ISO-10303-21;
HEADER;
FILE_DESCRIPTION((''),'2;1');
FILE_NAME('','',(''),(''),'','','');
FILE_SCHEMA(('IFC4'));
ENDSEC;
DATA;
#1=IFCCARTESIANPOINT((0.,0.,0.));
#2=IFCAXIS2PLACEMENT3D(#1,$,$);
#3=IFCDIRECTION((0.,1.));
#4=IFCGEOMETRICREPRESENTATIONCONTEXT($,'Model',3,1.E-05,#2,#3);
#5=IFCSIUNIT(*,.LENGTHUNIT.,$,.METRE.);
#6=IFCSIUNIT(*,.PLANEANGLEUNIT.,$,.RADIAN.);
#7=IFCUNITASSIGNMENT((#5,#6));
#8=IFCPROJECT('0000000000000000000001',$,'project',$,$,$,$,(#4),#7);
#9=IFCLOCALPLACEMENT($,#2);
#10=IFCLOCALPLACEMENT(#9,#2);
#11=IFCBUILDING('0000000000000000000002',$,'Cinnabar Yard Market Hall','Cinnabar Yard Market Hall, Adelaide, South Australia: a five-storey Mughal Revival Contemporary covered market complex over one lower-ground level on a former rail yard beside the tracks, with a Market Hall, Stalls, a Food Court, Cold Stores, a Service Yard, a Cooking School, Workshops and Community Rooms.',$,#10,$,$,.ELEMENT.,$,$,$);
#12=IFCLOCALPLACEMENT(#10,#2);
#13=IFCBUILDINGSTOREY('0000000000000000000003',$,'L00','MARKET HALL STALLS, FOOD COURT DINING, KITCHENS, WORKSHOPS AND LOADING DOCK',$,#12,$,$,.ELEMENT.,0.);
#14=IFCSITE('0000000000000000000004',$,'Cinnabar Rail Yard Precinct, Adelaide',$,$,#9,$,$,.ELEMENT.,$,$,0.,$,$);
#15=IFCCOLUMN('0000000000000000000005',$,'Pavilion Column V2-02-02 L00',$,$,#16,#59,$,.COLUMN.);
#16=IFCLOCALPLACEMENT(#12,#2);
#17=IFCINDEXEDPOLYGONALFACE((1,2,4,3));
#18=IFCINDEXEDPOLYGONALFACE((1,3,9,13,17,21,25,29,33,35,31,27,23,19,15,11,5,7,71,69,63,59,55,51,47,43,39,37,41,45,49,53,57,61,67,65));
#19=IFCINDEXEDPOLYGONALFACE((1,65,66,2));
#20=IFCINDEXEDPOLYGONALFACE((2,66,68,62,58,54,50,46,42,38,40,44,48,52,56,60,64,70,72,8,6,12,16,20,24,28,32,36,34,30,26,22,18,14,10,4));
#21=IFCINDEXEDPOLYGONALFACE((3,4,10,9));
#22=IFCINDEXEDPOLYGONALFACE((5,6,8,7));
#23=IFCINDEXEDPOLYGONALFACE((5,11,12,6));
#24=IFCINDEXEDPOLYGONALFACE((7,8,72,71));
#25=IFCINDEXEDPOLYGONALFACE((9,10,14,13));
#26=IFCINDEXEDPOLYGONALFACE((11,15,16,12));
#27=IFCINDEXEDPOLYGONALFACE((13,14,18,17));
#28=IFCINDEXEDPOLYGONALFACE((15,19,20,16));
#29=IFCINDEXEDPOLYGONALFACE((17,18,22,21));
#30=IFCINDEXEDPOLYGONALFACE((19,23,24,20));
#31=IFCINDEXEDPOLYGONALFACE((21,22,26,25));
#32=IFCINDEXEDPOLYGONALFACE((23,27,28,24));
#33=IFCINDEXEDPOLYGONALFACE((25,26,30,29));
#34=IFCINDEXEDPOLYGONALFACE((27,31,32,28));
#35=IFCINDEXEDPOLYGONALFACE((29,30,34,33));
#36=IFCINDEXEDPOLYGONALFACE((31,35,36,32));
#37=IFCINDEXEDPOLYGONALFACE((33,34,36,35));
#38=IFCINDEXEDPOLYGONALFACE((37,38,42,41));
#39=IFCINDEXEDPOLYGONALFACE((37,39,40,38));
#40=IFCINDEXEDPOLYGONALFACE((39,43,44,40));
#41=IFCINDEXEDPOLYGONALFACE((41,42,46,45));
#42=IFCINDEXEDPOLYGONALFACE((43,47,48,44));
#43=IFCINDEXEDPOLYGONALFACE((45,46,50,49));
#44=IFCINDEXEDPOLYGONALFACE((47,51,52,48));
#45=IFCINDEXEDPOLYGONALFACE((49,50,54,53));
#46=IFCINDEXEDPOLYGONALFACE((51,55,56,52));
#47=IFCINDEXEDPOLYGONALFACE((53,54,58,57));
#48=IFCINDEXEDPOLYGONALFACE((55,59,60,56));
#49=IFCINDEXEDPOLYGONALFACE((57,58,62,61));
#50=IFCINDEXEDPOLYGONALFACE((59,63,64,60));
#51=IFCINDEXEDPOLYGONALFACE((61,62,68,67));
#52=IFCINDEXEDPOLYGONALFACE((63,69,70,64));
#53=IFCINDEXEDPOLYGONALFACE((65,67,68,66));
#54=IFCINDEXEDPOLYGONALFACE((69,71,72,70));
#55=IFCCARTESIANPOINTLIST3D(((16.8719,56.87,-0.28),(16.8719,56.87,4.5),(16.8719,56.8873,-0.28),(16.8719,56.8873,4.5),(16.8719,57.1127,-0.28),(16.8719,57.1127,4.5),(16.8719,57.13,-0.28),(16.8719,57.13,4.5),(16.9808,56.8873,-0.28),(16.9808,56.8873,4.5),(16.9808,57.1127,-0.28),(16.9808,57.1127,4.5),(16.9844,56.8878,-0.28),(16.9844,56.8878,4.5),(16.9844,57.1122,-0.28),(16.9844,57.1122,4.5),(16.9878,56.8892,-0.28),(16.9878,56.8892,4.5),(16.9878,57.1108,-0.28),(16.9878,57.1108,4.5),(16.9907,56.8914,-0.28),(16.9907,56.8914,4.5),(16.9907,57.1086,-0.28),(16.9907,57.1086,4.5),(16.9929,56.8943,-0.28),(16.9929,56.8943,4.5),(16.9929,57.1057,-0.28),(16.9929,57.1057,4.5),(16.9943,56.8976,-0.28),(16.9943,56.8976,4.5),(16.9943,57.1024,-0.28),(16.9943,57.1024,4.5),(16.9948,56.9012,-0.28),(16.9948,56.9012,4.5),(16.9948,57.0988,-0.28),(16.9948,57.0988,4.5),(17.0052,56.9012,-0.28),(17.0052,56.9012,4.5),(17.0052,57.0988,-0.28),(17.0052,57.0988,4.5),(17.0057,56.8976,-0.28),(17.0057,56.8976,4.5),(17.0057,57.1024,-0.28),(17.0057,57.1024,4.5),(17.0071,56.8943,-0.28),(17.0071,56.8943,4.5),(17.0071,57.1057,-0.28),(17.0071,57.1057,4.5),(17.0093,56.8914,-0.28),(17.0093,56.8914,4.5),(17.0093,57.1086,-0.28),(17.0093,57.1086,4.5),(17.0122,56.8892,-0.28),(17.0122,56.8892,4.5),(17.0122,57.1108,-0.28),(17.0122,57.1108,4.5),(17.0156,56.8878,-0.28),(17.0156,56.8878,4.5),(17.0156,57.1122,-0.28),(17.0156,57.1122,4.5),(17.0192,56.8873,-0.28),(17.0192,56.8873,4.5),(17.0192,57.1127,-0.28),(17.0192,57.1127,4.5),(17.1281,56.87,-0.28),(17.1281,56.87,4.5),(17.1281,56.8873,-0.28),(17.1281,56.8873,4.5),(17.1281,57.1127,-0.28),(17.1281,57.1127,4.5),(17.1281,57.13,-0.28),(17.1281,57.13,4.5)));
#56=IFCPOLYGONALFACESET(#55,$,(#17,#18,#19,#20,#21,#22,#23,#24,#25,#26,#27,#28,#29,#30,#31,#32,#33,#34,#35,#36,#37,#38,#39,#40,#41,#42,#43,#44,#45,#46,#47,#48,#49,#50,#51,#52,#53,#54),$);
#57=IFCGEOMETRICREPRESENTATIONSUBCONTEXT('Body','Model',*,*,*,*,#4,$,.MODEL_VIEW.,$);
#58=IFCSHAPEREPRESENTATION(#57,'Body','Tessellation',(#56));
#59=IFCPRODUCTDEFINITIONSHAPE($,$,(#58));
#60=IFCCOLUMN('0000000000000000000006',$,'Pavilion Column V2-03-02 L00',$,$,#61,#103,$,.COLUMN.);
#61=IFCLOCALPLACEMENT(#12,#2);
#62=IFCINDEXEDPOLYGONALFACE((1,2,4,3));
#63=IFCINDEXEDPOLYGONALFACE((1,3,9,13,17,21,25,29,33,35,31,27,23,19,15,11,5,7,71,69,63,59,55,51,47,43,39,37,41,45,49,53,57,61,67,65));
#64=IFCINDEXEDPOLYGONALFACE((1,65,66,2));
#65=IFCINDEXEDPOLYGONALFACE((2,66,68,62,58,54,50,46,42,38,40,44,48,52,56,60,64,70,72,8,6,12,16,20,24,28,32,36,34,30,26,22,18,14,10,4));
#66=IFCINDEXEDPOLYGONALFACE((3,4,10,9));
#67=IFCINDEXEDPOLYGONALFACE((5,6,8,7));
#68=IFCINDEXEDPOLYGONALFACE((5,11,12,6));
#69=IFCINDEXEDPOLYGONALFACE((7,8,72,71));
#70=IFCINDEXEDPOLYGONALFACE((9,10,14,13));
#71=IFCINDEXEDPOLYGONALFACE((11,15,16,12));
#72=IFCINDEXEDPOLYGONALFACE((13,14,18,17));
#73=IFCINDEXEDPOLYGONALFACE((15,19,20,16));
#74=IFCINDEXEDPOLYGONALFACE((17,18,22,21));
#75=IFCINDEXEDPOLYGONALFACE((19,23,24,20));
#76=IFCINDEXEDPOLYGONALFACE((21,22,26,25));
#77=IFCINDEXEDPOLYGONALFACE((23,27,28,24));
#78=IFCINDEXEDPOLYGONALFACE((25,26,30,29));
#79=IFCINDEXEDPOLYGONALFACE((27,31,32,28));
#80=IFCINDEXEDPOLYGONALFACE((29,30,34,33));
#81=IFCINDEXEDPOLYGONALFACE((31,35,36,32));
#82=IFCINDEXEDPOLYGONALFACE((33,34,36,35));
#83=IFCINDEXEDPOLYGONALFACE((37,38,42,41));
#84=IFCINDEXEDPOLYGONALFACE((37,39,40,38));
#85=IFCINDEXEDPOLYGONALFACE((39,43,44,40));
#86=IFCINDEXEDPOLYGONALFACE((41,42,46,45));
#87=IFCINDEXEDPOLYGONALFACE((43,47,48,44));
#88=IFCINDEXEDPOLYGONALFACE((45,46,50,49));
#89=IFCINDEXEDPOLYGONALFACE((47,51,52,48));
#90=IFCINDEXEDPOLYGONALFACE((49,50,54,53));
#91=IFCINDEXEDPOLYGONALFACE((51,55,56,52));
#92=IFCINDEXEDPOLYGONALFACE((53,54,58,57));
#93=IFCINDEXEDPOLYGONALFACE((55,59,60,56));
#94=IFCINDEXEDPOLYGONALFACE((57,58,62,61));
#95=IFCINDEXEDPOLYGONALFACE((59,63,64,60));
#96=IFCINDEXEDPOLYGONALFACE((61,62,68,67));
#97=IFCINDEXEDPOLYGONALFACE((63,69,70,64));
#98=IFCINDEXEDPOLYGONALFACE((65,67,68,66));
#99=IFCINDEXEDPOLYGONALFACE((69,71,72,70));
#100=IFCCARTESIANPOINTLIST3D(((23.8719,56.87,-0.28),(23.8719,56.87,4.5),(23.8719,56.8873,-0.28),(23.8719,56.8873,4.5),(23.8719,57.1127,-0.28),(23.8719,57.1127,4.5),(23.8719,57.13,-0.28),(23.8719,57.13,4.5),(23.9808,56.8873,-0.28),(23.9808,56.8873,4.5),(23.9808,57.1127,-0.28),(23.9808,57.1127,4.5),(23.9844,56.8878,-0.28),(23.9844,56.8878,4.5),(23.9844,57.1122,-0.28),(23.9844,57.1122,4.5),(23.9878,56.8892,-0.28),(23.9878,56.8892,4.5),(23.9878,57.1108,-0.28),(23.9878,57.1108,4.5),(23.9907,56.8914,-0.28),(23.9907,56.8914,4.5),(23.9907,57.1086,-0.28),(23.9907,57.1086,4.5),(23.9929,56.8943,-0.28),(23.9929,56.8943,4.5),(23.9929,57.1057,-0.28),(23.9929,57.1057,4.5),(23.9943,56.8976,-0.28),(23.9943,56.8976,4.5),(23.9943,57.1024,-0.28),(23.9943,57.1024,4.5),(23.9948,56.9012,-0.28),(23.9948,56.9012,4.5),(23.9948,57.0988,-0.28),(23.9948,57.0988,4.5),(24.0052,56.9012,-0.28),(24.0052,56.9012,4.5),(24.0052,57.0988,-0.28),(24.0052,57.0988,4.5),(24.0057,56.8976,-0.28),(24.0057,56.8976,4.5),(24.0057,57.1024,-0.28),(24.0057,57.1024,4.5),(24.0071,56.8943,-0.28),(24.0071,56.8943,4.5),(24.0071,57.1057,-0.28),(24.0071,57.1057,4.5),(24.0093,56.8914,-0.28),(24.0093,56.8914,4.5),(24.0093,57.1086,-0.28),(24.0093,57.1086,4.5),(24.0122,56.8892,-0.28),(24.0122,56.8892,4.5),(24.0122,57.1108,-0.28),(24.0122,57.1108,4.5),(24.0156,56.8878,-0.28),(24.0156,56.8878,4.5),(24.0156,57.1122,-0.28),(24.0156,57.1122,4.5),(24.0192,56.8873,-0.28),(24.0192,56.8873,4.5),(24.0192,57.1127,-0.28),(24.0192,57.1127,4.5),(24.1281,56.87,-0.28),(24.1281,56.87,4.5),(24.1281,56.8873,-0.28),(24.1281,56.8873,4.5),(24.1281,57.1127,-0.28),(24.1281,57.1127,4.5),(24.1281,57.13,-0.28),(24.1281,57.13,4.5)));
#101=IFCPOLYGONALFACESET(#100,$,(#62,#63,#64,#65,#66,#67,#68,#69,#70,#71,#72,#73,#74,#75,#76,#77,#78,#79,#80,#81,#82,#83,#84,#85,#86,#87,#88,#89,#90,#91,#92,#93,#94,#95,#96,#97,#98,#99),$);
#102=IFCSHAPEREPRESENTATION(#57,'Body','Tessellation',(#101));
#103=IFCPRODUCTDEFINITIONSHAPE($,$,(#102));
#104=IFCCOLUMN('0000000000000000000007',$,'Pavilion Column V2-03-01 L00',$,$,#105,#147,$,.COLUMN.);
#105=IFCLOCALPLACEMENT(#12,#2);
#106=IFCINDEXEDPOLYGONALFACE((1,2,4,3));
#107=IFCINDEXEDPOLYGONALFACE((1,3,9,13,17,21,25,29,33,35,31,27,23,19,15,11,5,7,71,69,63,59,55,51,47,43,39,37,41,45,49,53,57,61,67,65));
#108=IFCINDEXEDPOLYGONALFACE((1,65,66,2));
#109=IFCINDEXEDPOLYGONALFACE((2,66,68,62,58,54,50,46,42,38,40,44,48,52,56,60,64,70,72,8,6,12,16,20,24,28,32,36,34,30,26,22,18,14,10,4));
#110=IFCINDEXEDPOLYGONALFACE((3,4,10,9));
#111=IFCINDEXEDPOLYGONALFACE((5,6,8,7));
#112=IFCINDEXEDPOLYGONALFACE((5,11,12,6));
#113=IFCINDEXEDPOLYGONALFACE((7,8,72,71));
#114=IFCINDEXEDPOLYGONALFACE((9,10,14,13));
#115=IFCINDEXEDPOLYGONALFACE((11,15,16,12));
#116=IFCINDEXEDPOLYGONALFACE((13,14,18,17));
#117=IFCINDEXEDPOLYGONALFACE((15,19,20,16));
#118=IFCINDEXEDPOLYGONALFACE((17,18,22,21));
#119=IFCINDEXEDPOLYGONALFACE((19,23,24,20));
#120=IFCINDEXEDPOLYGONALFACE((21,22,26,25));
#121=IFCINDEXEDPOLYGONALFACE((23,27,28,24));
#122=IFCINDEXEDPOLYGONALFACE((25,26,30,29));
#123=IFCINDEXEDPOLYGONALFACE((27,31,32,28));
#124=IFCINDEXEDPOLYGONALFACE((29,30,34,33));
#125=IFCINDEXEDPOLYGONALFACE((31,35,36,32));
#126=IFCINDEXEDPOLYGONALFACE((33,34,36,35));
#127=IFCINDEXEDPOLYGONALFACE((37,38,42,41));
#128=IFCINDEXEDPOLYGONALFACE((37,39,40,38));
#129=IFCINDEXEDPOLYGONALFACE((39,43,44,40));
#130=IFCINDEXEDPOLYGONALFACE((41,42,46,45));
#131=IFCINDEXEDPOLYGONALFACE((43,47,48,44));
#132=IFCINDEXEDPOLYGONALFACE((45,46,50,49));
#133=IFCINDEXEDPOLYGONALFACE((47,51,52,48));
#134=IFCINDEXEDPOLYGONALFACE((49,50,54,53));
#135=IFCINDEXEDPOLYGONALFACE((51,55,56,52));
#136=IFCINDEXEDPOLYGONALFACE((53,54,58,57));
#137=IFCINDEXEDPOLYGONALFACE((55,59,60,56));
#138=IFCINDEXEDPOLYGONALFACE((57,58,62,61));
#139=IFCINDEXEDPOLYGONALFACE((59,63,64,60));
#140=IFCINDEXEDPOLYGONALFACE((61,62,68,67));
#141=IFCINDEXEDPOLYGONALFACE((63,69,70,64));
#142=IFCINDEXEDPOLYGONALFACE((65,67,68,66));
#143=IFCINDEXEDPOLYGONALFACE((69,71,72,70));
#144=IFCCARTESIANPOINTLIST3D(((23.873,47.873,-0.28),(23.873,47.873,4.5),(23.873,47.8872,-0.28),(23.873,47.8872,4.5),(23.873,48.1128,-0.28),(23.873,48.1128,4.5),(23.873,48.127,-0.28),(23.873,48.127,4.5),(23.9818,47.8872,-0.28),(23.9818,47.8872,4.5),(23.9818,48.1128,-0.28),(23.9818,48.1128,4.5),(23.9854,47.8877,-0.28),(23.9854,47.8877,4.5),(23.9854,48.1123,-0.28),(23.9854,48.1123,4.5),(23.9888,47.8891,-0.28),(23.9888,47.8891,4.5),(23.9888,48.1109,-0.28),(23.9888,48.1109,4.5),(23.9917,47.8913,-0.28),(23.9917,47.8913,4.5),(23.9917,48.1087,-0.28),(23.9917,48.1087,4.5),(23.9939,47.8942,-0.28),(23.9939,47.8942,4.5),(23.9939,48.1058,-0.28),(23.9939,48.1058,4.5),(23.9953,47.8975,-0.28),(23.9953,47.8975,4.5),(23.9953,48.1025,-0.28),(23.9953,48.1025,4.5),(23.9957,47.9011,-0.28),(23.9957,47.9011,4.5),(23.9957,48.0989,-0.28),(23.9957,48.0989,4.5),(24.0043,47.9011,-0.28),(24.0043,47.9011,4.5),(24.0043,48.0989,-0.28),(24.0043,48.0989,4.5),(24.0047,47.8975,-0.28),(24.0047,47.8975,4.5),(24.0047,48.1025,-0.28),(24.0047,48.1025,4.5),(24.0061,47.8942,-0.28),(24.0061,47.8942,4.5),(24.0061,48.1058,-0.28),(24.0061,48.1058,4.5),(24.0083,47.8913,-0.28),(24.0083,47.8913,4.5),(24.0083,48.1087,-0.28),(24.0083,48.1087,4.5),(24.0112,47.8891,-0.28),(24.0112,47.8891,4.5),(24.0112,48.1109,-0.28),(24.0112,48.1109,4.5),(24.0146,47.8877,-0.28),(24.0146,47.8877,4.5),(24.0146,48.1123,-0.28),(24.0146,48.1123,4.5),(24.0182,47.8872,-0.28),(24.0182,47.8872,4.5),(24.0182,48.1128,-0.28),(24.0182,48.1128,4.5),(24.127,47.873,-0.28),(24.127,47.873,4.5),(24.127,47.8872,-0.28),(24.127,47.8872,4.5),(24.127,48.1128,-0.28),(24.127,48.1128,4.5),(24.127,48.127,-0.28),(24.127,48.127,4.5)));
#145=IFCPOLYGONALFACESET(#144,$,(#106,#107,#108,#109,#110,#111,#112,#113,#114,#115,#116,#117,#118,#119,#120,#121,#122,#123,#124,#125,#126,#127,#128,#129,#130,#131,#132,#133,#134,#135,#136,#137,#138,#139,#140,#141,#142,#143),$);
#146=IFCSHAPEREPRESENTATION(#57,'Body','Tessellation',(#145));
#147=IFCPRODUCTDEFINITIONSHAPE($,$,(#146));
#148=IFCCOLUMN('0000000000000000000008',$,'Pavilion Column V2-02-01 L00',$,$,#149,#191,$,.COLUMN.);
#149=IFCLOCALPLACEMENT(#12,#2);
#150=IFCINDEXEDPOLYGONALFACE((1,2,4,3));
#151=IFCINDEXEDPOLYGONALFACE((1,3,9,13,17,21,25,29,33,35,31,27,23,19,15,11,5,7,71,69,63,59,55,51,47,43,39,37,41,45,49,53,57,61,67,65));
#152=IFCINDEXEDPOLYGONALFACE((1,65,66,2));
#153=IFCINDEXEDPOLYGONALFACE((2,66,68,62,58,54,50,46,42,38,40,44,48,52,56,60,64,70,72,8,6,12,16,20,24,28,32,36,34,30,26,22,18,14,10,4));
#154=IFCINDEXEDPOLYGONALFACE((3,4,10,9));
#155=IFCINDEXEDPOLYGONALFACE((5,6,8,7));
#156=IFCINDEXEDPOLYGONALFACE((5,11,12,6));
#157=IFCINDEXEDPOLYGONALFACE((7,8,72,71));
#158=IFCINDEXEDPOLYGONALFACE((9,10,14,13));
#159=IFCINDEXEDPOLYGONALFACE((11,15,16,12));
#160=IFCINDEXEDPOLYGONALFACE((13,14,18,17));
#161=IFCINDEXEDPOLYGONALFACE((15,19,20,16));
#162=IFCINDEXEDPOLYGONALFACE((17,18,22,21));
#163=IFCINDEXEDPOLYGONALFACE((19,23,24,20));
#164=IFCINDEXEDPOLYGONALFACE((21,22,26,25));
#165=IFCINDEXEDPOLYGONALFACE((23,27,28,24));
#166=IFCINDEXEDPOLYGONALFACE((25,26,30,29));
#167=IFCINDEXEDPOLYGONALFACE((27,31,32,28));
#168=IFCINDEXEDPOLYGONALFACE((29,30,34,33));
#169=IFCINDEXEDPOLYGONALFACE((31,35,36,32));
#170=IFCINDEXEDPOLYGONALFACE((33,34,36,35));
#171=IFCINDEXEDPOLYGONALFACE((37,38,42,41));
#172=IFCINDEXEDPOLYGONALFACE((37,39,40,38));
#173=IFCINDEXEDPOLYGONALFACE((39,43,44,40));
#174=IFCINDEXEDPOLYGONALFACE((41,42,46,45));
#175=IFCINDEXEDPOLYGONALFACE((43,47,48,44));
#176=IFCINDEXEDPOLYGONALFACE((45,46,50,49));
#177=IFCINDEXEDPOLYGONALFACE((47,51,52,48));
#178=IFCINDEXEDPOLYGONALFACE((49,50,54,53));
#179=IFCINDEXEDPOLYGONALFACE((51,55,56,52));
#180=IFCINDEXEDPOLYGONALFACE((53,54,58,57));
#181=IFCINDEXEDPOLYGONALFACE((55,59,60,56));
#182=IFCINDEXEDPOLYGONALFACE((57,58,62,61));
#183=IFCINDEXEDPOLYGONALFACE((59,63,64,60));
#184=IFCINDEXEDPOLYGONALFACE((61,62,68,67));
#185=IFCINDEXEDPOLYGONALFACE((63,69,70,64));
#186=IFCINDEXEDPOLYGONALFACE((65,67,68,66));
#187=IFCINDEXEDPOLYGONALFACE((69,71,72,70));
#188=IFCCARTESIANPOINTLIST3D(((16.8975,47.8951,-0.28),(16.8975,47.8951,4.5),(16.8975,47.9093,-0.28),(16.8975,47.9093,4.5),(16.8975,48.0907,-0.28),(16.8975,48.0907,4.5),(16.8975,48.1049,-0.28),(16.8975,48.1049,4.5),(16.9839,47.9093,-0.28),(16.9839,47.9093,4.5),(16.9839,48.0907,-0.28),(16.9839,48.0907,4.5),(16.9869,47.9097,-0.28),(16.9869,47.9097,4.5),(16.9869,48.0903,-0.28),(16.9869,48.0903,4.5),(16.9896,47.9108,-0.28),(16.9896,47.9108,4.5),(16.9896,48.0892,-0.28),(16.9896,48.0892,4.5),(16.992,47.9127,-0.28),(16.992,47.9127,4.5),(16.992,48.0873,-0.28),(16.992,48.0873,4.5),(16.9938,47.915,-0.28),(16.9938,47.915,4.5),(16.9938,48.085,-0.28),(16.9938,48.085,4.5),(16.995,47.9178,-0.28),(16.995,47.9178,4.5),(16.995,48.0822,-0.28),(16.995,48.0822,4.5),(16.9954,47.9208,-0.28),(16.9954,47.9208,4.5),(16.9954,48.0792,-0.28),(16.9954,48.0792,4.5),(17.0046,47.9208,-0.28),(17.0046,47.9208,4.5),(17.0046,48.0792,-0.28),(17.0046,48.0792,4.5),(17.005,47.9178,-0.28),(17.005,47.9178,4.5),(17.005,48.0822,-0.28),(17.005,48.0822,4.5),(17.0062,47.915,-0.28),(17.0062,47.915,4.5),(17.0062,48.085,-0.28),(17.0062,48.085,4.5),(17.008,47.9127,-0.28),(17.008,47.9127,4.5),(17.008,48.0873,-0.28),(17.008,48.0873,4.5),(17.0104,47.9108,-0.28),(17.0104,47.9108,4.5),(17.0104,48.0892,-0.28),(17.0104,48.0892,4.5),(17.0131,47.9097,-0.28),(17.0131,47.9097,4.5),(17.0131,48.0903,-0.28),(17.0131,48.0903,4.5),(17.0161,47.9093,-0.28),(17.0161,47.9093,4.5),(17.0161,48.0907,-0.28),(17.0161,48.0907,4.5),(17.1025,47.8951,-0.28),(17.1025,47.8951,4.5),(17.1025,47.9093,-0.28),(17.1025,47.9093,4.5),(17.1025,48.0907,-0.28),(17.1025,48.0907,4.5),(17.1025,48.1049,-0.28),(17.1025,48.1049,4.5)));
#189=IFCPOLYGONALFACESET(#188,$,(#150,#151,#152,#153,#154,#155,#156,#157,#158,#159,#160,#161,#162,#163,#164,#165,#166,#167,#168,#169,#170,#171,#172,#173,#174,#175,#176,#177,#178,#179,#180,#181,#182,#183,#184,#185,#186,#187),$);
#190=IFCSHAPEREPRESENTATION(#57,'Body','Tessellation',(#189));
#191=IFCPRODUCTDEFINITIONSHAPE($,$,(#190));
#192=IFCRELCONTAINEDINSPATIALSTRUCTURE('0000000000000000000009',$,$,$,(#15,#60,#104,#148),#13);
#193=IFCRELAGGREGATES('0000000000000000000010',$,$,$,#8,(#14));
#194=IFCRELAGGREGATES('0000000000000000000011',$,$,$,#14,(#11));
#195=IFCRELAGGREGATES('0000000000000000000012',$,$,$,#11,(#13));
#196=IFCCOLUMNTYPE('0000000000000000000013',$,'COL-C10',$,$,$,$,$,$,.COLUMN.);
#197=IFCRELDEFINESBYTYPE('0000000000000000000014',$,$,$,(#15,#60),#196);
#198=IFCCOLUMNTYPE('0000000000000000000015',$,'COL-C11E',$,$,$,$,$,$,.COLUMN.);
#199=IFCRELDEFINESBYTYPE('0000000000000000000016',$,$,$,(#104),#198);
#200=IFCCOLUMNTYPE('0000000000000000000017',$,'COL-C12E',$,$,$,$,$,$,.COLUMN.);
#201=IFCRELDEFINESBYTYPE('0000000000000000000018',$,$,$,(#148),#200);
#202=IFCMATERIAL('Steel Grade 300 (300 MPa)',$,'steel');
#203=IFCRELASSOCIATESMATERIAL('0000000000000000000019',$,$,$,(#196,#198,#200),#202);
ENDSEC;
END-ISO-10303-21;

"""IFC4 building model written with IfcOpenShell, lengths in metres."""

from ifc_helpers import new_model, si_unit, direction, frame, origin, origin_2d_with_axis, place, context, subcontext, project, spatial, i_section, extrude, material, material_profile, profile_set, type_object, element, save


model = new_model("IFC4")

# Units and contexts
model_context = context("Model", 3, precision=1e-05, world=origin(), true_north=direction((0.0, 1.0)))
body_context = subcontext(model_context, "Body", "Model", "MODEL_VIEW")
ifc_project = project(units=[si_unit("LENGTHUNIT", "METRE"), si_unit("PLANEANGLEUNIT", "RADIAN")], contexts=[model_context])

# Site, building, storey
site_placement = place(None, origin())
site = spatial("IfcSite", under=ifc_project, at=site_placement, Name="Cinnabar Rail Yard Precinct, Adelaide", CompositionType="ELEMENT", RefElevation=0.0)
building_placement = place(site_placement, origin())
building = spatial("IfcBuilding", under=site, at=building_placement, Name="Cinnabar Yard Market Hall", Description="Cinnabar Yard Market Hall, Adelaide, South Australia: a five-storey Mughal Revival Contemporary covered market complex over one lower-ground level on a former rail yard beside the tracks, with a Market Hall, Stalls, a Food Court, Cold Stores, a Service Yard, a Cooking School, Workshops and Community Rooms.", CompositionType="ELEMENT")
storey_placement = place(building_placement, origin())
storey = spatial("IfcBuildingStorey", under=building, at=storey_placement, Name="L00", Description="MARKET HALL STALLS, FOOD COURT DINING, KITCHENS, WORKSHOPS AND LOADING DOCK", CompositionType="ELEMENT", Elevation=0.0)

# Columns
ifc_material_1 = material(Name="Steel Grade 300 (300 MPa)", Category="steel")
ifc_material_profile_1 = material_profile(ifc_material_1, i_section(OverallWidth=0.2561, OverallDepth=0.26, WebThickness=0.0105, FlangeThickness=0.0173, FilletRadius=0.0139, at=origin_2d_with_axis()), Name="250UC89.5")
ifc_profile_set_1 = profile_set([ifc_material_profile_1], Name="Steel Grade 300 (300 MPa)")
column_type_1 = type_object("IfcColumnType", Name="COL-C10", PredefinedType="COLUMN", material=ifc_profile_set_1)
for number, where, z_axis, x_axis, name in (
    (1, (17.0, 57.0, -0.28), (0.0, 0.0, 1.0), (1.0, 0.0, 0.0), "Pavilion Column V2-02-02 L00"),
    (2, (24.0, 57.0, -0.28), (0.0, 0.0, 1.0), (1.0, 0.0, 0.0), "Pavilion Column V2-03-02 L00"),
):
    element("IfcColumn", number, at=place(storey_placement, frame(where, z_axis=z_axis, x_axis=x_axis)), inside=storey, type_object=column_type_1, Name=name, PredefinedType="COLUMN", context=body_context, shape_type="SweptSolid", body=[
        extrude(i_section(OverallWidth=0.2561, OverallDepth=0.26, WebThickness=0.0105, FlangeThickness=0.0173, FilletRadius=0.0139, at=origin_2d_with_axis()), origin(), (0.0, 0.0, 1.0), 4.78),
    ])
ifc_material_profile_2 = material_profile(ifc_material_1, i_section(OverallWidth=0.2539, OverallDepth=0.2539, WebThickness=0.0085, FlangeThickness=0.0142, FilletRadius=0.0139, at=origin_2d_with_axis()), Name="250UC72.9")
ifc_profile_set_2 = profile_set([ifc_material_profile_2], Name="Steel Grade 300 (300 MPa)")
column_type_2 = type_object("IfcColumnType", Name="COL-C11E", PredefinedType="COLUMN", material=ifc_profile_set_2)
column_1_placement = place(storey_placement, frame((24.0, 48.0, -0.28), z_axis=(0.0, 0.0, 1.0), x_axis=(1.0, 0.0, 0.0)))
element("IfcColumn", 3, at=column_1_placement, inside=storey, type_object=column_type_2, Name="Pavilion Column V2-03-01 L00", PredefinedType="COLUMN", context=body_context, shape_type="SweptSolid", body=[
    extrude(i_section(OverallWidth=0.2539, OverallDepth=0.2539, WebThickness=0.0085, FlangeThickness=0.0142, FilletRadius=0.0139, at=origin_2d_with_axis()), origin(), (0.0, 0.0, 1.0), 4.78),
])
ifc_material_profile_3 = material_profile(ifc_material_1, i_section(OverallWidth=0.2051, OverallDepth=0.2097, WebThickness=0.0093, FlangeThickness=0.0142, FilletRadius=0.0115, at=origin_2d_with_axis()), Name="200UC59.5")
ifc_profile_set_3 = profile_set([ifc_material_profile_3], Name="Steel Grade 300 (300 MPa)")
column_type_3 = type_object("IfcColumnType", Name="COL-C12E", PredefinedType="COLUMN", material=ifc_profile_set_3)
column_2_placement = place(storey_placement, frame((17.0, 48.0, -0.28), z_axis=(0.0, 0.0, 1.0), x_axis=(1.0, 0.0, 0.0)))
element("IfcColumn", 4, at=column_2_placement, inside=storey, type_object=column_type_3, Name="Pavilion Column V2-02-01 L00", PredefinedType="COLUMN", context=body_context, shape_type="SweptSolid", body=[
    extrude(i_section(OverallWidth=0.2051, OverallDepth=0.2097, WebThickness=0.0093, FlangeThickness=0.0142, FilletRadius=0.0115, at=origin_2d_with_axis()), origin(), (0.0, 0.0, 1.0), 4.78),
])

save(model, "model.ifc")
